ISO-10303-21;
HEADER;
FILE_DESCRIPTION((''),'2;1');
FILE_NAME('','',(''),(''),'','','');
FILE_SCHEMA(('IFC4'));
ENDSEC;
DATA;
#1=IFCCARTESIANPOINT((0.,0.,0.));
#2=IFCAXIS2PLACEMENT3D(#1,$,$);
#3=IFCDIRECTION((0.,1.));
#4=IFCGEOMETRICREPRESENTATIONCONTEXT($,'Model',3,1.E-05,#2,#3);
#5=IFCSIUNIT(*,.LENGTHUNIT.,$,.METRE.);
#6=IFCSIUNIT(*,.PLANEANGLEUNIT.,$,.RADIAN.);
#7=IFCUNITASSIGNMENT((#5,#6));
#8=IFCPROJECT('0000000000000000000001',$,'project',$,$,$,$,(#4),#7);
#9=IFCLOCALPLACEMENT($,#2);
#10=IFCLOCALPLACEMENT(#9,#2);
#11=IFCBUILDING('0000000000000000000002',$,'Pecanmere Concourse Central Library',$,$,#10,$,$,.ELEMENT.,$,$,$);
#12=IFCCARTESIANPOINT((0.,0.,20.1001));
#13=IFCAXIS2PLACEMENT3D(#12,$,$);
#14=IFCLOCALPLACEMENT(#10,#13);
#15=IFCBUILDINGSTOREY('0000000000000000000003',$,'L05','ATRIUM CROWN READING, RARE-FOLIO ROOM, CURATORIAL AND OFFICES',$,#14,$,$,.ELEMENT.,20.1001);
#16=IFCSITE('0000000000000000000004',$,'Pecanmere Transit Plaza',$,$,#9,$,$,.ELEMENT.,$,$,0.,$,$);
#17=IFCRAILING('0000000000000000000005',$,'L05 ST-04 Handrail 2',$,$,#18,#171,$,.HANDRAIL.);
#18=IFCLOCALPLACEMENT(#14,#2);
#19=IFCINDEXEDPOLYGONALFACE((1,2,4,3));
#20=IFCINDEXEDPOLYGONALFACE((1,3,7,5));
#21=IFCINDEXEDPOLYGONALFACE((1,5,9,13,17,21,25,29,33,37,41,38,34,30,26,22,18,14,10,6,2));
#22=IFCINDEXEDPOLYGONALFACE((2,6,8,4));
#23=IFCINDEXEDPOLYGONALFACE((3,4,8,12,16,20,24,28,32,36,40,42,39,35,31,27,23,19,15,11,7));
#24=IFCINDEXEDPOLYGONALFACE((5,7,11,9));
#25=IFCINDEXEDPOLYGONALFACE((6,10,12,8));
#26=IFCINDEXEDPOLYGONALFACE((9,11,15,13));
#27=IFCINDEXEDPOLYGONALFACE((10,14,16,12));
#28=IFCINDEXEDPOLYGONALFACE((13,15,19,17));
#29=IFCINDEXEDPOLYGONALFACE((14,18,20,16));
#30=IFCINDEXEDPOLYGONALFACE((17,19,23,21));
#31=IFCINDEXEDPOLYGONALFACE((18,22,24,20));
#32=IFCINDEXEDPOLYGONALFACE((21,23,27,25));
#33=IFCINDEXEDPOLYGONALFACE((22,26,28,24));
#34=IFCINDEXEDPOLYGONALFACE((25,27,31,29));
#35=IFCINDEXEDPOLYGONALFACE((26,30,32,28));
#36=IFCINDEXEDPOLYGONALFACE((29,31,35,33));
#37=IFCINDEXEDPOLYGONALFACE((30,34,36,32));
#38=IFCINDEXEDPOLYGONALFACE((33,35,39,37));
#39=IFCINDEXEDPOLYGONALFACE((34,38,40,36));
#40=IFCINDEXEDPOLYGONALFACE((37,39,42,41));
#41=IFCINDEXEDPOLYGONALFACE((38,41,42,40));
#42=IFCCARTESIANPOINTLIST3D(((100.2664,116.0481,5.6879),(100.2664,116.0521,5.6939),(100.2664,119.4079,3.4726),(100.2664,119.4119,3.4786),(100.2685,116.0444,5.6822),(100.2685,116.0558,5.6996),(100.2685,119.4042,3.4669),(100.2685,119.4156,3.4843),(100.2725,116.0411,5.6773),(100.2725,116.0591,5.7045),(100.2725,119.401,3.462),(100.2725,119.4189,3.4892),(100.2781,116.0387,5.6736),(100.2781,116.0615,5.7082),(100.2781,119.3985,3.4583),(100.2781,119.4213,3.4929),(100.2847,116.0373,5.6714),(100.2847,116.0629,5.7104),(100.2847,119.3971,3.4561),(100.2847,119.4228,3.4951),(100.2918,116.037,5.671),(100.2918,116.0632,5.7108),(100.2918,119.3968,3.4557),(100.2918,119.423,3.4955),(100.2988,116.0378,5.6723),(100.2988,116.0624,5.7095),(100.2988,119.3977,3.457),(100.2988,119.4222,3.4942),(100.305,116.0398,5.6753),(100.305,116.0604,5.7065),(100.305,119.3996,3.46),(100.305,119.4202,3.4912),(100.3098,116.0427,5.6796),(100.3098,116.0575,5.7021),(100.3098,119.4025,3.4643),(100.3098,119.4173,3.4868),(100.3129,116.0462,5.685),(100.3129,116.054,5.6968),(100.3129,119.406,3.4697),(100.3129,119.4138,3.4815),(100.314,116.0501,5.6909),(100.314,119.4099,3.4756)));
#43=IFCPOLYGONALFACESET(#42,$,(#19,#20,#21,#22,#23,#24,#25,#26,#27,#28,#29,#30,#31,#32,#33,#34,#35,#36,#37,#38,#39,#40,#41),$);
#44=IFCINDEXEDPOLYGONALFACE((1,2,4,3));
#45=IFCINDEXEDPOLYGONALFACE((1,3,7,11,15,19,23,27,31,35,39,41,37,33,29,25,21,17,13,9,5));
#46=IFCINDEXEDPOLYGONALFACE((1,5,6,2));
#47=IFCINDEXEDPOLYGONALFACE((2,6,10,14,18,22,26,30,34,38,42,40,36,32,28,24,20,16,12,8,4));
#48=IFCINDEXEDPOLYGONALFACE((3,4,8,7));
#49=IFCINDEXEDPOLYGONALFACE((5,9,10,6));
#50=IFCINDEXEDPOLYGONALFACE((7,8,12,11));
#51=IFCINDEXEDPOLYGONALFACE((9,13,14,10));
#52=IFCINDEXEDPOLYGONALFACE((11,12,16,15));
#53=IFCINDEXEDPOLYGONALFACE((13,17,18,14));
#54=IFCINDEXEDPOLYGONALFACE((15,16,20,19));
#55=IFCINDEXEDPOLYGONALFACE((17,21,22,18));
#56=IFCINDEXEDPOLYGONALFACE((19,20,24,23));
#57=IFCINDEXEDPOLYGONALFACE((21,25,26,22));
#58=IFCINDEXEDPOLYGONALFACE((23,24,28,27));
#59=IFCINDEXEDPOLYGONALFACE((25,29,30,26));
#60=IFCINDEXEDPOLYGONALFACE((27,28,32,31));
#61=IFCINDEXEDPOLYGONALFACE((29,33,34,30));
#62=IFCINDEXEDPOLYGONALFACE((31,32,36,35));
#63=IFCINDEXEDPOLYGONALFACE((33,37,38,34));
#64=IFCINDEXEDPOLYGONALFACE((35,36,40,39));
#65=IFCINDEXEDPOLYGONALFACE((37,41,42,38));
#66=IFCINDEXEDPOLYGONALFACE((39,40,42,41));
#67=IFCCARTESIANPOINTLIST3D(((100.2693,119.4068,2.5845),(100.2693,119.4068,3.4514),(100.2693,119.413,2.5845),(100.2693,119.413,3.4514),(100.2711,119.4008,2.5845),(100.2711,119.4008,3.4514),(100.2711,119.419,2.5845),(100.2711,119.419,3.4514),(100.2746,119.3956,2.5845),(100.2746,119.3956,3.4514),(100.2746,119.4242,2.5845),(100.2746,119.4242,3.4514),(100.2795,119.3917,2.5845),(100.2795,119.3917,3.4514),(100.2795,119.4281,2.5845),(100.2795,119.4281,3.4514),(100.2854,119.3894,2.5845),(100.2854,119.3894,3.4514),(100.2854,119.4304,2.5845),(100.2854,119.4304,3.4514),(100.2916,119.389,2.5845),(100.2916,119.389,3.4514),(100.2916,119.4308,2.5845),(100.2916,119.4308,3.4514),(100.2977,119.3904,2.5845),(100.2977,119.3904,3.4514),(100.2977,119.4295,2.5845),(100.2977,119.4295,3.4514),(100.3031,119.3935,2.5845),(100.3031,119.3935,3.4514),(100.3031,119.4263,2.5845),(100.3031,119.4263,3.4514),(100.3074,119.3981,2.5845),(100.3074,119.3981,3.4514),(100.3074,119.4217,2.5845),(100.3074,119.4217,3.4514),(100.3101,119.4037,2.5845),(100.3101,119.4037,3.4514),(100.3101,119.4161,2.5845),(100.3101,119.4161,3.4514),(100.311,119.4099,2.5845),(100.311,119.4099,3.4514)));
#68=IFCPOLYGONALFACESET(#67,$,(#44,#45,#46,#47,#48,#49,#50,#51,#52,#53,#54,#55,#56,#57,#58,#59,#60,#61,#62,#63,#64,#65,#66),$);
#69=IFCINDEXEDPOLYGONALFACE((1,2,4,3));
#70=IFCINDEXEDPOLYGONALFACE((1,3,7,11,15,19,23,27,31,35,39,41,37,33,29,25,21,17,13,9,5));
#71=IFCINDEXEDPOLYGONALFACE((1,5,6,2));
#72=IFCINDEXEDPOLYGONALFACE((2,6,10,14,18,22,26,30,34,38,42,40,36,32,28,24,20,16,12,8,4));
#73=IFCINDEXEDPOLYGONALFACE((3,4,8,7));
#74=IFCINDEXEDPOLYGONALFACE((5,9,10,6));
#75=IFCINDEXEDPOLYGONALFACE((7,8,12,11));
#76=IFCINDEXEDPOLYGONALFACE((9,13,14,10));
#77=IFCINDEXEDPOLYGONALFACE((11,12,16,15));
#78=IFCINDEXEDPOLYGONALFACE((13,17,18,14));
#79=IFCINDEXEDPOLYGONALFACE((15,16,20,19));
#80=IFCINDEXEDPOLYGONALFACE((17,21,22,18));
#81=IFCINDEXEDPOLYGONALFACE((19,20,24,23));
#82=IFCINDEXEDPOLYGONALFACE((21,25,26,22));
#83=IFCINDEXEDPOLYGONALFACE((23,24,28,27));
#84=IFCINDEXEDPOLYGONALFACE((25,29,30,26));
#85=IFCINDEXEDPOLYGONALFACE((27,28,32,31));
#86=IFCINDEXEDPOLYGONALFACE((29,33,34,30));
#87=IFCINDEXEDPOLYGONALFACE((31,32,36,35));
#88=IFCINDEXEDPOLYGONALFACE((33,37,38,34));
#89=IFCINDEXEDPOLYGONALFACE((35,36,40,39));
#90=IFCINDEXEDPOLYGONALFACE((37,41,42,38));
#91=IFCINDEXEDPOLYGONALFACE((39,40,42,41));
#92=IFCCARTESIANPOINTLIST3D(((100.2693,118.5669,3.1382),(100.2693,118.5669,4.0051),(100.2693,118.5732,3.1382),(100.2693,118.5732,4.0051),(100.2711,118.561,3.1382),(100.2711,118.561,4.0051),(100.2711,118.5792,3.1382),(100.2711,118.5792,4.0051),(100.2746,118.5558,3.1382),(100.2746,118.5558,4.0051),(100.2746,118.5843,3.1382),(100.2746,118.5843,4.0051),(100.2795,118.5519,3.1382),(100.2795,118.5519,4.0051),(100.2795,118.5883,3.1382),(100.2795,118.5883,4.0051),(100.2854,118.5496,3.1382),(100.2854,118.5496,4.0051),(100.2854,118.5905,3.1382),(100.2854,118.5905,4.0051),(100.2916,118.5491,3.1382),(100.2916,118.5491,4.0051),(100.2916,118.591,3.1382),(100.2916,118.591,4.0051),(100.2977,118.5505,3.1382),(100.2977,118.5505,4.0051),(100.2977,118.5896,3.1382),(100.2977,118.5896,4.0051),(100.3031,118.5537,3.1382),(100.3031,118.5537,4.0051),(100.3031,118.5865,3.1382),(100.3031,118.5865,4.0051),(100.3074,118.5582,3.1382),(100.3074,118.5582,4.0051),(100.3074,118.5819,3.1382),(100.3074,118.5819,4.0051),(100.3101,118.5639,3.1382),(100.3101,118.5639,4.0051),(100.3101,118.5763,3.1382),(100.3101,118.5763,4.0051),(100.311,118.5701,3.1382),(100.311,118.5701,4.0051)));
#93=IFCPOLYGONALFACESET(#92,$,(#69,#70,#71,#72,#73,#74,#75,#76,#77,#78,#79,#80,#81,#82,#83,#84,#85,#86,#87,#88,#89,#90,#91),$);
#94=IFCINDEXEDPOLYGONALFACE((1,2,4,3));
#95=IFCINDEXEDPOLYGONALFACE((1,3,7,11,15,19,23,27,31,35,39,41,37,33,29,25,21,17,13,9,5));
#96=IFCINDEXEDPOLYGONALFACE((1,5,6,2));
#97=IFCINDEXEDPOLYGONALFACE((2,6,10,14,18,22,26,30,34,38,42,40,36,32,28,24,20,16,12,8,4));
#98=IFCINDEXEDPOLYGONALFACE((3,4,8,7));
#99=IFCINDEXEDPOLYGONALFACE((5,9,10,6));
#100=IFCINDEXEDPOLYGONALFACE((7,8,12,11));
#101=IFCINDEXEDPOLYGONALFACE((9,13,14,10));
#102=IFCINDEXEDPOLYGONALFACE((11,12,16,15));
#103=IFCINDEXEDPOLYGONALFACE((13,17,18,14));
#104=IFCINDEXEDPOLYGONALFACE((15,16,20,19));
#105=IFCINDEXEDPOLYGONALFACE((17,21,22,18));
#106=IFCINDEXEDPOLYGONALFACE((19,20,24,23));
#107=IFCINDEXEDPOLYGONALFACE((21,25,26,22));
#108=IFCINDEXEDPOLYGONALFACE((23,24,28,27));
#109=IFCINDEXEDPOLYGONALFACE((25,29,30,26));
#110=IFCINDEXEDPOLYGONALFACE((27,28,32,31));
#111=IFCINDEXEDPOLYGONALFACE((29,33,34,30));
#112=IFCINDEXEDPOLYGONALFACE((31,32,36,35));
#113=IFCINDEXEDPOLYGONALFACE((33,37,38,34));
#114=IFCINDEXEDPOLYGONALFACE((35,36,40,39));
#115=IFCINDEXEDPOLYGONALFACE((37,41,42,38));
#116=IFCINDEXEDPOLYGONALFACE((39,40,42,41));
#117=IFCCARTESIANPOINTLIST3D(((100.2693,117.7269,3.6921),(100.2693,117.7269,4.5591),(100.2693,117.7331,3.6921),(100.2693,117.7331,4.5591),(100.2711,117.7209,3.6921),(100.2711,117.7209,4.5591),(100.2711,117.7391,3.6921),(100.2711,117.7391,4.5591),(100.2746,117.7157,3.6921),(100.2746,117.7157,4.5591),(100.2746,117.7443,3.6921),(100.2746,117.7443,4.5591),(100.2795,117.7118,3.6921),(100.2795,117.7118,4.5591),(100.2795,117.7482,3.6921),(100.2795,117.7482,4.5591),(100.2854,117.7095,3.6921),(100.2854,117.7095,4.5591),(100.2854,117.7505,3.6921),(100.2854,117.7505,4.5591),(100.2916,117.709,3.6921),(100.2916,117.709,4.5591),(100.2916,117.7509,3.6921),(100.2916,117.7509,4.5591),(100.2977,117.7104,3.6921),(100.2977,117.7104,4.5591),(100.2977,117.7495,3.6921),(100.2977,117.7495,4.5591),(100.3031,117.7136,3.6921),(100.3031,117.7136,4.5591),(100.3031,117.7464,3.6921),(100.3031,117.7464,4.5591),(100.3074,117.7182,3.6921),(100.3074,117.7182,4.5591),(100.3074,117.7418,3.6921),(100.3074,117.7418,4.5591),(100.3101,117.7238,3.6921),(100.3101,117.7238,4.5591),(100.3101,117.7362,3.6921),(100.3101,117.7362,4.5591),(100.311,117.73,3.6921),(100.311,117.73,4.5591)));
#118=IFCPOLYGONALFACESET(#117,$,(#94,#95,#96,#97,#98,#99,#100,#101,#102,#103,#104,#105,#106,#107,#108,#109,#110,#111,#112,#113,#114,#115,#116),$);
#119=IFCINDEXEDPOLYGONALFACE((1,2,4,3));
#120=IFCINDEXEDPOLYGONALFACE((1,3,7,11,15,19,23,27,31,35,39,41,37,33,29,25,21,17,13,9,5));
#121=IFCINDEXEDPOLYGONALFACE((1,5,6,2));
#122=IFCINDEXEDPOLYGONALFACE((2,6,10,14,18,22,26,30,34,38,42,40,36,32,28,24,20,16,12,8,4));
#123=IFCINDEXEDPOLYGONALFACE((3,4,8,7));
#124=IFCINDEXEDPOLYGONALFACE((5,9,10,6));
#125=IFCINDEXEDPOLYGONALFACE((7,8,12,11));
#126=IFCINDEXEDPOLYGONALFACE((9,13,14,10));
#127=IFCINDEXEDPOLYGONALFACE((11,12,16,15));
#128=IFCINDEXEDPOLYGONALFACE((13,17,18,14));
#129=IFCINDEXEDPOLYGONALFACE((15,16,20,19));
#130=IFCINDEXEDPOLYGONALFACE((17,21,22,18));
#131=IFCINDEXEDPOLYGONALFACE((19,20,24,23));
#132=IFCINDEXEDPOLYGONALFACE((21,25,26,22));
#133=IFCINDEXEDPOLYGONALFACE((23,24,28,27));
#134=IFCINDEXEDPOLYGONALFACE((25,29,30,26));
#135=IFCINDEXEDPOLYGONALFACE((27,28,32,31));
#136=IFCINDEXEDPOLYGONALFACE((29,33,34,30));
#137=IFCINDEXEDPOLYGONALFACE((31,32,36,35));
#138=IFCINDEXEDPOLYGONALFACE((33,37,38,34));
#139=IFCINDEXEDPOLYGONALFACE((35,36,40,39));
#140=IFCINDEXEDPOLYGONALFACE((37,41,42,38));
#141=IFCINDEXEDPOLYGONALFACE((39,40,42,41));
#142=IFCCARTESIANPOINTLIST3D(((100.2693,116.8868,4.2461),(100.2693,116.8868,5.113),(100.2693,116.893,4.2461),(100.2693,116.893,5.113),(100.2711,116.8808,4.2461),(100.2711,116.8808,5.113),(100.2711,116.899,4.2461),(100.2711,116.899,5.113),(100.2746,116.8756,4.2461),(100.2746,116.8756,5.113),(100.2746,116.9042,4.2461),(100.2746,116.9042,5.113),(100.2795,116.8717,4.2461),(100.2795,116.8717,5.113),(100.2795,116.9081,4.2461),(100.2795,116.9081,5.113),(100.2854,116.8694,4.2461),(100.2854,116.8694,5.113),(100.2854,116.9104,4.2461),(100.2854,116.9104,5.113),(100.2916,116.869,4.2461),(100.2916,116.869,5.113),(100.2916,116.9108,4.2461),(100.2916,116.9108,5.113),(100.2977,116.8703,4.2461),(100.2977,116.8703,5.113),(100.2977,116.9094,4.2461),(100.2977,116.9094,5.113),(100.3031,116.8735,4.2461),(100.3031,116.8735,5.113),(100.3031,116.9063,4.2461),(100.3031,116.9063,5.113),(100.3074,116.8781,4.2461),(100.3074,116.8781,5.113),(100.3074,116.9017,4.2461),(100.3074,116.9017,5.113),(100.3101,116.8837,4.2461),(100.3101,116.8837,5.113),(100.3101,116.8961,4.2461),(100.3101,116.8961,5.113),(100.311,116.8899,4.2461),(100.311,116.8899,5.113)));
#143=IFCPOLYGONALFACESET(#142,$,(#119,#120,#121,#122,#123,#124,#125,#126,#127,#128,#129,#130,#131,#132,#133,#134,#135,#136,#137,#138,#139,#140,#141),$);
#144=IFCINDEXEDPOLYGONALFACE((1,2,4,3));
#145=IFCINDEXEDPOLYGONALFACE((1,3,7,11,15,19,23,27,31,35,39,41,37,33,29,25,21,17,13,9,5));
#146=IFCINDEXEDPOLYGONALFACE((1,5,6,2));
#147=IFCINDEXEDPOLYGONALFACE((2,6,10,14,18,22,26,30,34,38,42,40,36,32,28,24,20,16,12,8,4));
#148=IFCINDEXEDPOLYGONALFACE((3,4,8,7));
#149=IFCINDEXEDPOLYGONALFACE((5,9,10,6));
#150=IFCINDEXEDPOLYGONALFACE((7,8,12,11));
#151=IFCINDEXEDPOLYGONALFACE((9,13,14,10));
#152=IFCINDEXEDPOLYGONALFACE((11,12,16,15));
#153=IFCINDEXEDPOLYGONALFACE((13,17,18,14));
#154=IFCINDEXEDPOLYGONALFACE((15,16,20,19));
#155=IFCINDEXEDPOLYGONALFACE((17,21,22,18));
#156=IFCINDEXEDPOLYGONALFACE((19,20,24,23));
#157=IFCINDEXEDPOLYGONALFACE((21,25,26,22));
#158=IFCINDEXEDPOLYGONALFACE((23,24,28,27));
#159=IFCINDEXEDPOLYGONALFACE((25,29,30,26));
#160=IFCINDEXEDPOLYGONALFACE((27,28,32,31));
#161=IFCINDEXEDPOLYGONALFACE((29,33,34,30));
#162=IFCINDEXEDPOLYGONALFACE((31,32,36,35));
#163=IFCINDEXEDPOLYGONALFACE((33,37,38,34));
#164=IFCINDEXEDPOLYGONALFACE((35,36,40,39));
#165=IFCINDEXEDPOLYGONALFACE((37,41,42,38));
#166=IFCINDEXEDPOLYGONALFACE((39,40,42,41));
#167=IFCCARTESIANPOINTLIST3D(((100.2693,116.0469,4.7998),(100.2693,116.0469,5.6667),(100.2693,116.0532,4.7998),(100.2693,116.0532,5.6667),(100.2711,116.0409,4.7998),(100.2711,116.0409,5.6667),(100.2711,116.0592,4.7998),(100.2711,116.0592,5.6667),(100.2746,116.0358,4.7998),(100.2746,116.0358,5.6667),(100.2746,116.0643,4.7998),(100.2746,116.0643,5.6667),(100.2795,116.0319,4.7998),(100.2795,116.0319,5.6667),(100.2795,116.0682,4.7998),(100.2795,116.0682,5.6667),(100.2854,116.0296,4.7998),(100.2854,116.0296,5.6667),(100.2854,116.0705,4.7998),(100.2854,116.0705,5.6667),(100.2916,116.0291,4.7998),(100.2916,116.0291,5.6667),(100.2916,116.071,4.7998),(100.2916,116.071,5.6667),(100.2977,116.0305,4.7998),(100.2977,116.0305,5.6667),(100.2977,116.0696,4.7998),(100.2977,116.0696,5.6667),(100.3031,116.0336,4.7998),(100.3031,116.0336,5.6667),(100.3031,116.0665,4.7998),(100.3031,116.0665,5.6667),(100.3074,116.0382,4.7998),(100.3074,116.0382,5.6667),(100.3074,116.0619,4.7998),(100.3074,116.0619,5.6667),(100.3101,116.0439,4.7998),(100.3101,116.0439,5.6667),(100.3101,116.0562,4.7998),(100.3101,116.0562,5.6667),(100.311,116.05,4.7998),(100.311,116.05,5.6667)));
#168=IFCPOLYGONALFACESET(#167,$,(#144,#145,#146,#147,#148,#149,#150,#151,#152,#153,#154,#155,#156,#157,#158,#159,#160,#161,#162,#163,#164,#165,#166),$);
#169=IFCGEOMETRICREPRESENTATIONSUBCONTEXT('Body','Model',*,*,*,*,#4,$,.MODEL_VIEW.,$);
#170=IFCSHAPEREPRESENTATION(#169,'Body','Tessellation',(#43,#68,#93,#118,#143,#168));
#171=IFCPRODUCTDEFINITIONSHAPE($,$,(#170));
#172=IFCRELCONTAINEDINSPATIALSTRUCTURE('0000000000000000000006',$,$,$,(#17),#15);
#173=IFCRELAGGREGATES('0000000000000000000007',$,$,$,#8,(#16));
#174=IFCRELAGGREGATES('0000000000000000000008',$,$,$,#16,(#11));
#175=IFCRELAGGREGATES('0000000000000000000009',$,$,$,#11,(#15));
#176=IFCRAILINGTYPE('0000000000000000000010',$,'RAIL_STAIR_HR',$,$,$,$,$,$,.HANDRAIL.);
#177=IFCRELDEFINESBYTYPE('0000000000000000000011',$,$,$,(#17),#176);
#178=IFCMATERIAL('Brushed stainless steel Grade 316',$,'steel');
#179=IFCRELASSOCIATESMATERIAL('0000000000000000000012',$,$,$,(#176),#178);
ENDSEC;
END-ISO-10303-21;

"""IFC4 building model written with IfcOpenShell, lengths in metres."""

from ifc_helpers import new_model, si_unit, direction, frame, origin, origin_2d, place, context, subcontext, project, spatial, circle, extrude, material, type_object, element, save


model = new_model("IFC4")

# Units and contexts
model_context = context("Model", 3, precision=1e-05, world=origin(), true_north=direction((0.0, 1.0)))
body_context = subcontext(model_context, "Body", "Model", "MODEL_VIEW")
ifc_project = project(units=[si_unit("LENGTHUNIT", "METRE"), si_unit("PLANEANGLEUNIT", "RADIAN")], contexts=[model_context])

# Site, building, storey
site_placement = place(None, origin())
site = spatial("IfcSite", under=ifc_project, at=site_placement, Name="Pecanmere Transit Plaza", CompositionType="ELEMENT", RefElevation=0.0)
building_placement = place(site_placement, origin())
building = spatial("IfcBuilding", under=site, at=building_placement, Name="Pecanmere Concourse Central Library", CompositionType="ELEMENT")
storey_placement = place(building_placement, frame((0.0, 0.0, 20.1001)))
storey = spatial("IfcBuildingStorey", under=building, at=storey_placement, Name="L05", Description="ATRIUM CROWN READING, RARE-FOLIO ROOM, CURATORIAL AND OFFICES", CompositionType="ELEMENT", Elevation=20.1001)

# Railing
ifc_material_1 = material(Name="Brushed stainless steel Grade 316", Category="steel")
railing_type_1 = type_object("IfcRailingType", Name="RAIL_STAIR_HR", PredefinedType="HANDRAIL", material=ifc_material_1)
railing_1_placement = place(storey_placement, frame((100.29, 119.4099, 2.5845)))
element("IfcRailing", 1, at=railing_1_placement, inside=storey, type_object=railing_type_1, Name="L05 ST-04 Handrail 2", PredefinedType="HANDRAIL", context=body_context, shape_type="SweptSolid", body=[
    extrude(circle(Radius=0.0239, at=origin_2d()), frame((0.0, 0.0, 0.8911), z_axis=(0.0, -0.834858, 0.550465), x_axis=(1.0, 0.0, 0.0)), (0.0, 0.0, 1.0), 4.0244),
    extrude(circle(Radius=0.021, at=origin_2d()), origin(), (0.0, 0.0, 1.0), 0.8669),
    extrude(circle(Radius=0.021, at=origin_2d()), frame((0.0, -0.8398, 0.5537)), (0.0, 0.0, 1.0), 0.8669),
    extrude(circle(Radius=0.021, at=origin_2d()), frame((0.0, -1.6799, 1.1077)), (0.0, 0.0, 1.0), 0.8669),
    extrude(circle(Radius=0.021, at=origin_2d()), frame((0.0, -2.52, 1.6616)), (0.0, 0.0, 1.0), 0.8669),
    extrude(circle(Radius=0.021, at=origin_2d()), frame((0.0, -3.3599, 2.2153)), (0.0, 0.0, 1.0), 0.8669),
])

save(model, "model.ifc")
